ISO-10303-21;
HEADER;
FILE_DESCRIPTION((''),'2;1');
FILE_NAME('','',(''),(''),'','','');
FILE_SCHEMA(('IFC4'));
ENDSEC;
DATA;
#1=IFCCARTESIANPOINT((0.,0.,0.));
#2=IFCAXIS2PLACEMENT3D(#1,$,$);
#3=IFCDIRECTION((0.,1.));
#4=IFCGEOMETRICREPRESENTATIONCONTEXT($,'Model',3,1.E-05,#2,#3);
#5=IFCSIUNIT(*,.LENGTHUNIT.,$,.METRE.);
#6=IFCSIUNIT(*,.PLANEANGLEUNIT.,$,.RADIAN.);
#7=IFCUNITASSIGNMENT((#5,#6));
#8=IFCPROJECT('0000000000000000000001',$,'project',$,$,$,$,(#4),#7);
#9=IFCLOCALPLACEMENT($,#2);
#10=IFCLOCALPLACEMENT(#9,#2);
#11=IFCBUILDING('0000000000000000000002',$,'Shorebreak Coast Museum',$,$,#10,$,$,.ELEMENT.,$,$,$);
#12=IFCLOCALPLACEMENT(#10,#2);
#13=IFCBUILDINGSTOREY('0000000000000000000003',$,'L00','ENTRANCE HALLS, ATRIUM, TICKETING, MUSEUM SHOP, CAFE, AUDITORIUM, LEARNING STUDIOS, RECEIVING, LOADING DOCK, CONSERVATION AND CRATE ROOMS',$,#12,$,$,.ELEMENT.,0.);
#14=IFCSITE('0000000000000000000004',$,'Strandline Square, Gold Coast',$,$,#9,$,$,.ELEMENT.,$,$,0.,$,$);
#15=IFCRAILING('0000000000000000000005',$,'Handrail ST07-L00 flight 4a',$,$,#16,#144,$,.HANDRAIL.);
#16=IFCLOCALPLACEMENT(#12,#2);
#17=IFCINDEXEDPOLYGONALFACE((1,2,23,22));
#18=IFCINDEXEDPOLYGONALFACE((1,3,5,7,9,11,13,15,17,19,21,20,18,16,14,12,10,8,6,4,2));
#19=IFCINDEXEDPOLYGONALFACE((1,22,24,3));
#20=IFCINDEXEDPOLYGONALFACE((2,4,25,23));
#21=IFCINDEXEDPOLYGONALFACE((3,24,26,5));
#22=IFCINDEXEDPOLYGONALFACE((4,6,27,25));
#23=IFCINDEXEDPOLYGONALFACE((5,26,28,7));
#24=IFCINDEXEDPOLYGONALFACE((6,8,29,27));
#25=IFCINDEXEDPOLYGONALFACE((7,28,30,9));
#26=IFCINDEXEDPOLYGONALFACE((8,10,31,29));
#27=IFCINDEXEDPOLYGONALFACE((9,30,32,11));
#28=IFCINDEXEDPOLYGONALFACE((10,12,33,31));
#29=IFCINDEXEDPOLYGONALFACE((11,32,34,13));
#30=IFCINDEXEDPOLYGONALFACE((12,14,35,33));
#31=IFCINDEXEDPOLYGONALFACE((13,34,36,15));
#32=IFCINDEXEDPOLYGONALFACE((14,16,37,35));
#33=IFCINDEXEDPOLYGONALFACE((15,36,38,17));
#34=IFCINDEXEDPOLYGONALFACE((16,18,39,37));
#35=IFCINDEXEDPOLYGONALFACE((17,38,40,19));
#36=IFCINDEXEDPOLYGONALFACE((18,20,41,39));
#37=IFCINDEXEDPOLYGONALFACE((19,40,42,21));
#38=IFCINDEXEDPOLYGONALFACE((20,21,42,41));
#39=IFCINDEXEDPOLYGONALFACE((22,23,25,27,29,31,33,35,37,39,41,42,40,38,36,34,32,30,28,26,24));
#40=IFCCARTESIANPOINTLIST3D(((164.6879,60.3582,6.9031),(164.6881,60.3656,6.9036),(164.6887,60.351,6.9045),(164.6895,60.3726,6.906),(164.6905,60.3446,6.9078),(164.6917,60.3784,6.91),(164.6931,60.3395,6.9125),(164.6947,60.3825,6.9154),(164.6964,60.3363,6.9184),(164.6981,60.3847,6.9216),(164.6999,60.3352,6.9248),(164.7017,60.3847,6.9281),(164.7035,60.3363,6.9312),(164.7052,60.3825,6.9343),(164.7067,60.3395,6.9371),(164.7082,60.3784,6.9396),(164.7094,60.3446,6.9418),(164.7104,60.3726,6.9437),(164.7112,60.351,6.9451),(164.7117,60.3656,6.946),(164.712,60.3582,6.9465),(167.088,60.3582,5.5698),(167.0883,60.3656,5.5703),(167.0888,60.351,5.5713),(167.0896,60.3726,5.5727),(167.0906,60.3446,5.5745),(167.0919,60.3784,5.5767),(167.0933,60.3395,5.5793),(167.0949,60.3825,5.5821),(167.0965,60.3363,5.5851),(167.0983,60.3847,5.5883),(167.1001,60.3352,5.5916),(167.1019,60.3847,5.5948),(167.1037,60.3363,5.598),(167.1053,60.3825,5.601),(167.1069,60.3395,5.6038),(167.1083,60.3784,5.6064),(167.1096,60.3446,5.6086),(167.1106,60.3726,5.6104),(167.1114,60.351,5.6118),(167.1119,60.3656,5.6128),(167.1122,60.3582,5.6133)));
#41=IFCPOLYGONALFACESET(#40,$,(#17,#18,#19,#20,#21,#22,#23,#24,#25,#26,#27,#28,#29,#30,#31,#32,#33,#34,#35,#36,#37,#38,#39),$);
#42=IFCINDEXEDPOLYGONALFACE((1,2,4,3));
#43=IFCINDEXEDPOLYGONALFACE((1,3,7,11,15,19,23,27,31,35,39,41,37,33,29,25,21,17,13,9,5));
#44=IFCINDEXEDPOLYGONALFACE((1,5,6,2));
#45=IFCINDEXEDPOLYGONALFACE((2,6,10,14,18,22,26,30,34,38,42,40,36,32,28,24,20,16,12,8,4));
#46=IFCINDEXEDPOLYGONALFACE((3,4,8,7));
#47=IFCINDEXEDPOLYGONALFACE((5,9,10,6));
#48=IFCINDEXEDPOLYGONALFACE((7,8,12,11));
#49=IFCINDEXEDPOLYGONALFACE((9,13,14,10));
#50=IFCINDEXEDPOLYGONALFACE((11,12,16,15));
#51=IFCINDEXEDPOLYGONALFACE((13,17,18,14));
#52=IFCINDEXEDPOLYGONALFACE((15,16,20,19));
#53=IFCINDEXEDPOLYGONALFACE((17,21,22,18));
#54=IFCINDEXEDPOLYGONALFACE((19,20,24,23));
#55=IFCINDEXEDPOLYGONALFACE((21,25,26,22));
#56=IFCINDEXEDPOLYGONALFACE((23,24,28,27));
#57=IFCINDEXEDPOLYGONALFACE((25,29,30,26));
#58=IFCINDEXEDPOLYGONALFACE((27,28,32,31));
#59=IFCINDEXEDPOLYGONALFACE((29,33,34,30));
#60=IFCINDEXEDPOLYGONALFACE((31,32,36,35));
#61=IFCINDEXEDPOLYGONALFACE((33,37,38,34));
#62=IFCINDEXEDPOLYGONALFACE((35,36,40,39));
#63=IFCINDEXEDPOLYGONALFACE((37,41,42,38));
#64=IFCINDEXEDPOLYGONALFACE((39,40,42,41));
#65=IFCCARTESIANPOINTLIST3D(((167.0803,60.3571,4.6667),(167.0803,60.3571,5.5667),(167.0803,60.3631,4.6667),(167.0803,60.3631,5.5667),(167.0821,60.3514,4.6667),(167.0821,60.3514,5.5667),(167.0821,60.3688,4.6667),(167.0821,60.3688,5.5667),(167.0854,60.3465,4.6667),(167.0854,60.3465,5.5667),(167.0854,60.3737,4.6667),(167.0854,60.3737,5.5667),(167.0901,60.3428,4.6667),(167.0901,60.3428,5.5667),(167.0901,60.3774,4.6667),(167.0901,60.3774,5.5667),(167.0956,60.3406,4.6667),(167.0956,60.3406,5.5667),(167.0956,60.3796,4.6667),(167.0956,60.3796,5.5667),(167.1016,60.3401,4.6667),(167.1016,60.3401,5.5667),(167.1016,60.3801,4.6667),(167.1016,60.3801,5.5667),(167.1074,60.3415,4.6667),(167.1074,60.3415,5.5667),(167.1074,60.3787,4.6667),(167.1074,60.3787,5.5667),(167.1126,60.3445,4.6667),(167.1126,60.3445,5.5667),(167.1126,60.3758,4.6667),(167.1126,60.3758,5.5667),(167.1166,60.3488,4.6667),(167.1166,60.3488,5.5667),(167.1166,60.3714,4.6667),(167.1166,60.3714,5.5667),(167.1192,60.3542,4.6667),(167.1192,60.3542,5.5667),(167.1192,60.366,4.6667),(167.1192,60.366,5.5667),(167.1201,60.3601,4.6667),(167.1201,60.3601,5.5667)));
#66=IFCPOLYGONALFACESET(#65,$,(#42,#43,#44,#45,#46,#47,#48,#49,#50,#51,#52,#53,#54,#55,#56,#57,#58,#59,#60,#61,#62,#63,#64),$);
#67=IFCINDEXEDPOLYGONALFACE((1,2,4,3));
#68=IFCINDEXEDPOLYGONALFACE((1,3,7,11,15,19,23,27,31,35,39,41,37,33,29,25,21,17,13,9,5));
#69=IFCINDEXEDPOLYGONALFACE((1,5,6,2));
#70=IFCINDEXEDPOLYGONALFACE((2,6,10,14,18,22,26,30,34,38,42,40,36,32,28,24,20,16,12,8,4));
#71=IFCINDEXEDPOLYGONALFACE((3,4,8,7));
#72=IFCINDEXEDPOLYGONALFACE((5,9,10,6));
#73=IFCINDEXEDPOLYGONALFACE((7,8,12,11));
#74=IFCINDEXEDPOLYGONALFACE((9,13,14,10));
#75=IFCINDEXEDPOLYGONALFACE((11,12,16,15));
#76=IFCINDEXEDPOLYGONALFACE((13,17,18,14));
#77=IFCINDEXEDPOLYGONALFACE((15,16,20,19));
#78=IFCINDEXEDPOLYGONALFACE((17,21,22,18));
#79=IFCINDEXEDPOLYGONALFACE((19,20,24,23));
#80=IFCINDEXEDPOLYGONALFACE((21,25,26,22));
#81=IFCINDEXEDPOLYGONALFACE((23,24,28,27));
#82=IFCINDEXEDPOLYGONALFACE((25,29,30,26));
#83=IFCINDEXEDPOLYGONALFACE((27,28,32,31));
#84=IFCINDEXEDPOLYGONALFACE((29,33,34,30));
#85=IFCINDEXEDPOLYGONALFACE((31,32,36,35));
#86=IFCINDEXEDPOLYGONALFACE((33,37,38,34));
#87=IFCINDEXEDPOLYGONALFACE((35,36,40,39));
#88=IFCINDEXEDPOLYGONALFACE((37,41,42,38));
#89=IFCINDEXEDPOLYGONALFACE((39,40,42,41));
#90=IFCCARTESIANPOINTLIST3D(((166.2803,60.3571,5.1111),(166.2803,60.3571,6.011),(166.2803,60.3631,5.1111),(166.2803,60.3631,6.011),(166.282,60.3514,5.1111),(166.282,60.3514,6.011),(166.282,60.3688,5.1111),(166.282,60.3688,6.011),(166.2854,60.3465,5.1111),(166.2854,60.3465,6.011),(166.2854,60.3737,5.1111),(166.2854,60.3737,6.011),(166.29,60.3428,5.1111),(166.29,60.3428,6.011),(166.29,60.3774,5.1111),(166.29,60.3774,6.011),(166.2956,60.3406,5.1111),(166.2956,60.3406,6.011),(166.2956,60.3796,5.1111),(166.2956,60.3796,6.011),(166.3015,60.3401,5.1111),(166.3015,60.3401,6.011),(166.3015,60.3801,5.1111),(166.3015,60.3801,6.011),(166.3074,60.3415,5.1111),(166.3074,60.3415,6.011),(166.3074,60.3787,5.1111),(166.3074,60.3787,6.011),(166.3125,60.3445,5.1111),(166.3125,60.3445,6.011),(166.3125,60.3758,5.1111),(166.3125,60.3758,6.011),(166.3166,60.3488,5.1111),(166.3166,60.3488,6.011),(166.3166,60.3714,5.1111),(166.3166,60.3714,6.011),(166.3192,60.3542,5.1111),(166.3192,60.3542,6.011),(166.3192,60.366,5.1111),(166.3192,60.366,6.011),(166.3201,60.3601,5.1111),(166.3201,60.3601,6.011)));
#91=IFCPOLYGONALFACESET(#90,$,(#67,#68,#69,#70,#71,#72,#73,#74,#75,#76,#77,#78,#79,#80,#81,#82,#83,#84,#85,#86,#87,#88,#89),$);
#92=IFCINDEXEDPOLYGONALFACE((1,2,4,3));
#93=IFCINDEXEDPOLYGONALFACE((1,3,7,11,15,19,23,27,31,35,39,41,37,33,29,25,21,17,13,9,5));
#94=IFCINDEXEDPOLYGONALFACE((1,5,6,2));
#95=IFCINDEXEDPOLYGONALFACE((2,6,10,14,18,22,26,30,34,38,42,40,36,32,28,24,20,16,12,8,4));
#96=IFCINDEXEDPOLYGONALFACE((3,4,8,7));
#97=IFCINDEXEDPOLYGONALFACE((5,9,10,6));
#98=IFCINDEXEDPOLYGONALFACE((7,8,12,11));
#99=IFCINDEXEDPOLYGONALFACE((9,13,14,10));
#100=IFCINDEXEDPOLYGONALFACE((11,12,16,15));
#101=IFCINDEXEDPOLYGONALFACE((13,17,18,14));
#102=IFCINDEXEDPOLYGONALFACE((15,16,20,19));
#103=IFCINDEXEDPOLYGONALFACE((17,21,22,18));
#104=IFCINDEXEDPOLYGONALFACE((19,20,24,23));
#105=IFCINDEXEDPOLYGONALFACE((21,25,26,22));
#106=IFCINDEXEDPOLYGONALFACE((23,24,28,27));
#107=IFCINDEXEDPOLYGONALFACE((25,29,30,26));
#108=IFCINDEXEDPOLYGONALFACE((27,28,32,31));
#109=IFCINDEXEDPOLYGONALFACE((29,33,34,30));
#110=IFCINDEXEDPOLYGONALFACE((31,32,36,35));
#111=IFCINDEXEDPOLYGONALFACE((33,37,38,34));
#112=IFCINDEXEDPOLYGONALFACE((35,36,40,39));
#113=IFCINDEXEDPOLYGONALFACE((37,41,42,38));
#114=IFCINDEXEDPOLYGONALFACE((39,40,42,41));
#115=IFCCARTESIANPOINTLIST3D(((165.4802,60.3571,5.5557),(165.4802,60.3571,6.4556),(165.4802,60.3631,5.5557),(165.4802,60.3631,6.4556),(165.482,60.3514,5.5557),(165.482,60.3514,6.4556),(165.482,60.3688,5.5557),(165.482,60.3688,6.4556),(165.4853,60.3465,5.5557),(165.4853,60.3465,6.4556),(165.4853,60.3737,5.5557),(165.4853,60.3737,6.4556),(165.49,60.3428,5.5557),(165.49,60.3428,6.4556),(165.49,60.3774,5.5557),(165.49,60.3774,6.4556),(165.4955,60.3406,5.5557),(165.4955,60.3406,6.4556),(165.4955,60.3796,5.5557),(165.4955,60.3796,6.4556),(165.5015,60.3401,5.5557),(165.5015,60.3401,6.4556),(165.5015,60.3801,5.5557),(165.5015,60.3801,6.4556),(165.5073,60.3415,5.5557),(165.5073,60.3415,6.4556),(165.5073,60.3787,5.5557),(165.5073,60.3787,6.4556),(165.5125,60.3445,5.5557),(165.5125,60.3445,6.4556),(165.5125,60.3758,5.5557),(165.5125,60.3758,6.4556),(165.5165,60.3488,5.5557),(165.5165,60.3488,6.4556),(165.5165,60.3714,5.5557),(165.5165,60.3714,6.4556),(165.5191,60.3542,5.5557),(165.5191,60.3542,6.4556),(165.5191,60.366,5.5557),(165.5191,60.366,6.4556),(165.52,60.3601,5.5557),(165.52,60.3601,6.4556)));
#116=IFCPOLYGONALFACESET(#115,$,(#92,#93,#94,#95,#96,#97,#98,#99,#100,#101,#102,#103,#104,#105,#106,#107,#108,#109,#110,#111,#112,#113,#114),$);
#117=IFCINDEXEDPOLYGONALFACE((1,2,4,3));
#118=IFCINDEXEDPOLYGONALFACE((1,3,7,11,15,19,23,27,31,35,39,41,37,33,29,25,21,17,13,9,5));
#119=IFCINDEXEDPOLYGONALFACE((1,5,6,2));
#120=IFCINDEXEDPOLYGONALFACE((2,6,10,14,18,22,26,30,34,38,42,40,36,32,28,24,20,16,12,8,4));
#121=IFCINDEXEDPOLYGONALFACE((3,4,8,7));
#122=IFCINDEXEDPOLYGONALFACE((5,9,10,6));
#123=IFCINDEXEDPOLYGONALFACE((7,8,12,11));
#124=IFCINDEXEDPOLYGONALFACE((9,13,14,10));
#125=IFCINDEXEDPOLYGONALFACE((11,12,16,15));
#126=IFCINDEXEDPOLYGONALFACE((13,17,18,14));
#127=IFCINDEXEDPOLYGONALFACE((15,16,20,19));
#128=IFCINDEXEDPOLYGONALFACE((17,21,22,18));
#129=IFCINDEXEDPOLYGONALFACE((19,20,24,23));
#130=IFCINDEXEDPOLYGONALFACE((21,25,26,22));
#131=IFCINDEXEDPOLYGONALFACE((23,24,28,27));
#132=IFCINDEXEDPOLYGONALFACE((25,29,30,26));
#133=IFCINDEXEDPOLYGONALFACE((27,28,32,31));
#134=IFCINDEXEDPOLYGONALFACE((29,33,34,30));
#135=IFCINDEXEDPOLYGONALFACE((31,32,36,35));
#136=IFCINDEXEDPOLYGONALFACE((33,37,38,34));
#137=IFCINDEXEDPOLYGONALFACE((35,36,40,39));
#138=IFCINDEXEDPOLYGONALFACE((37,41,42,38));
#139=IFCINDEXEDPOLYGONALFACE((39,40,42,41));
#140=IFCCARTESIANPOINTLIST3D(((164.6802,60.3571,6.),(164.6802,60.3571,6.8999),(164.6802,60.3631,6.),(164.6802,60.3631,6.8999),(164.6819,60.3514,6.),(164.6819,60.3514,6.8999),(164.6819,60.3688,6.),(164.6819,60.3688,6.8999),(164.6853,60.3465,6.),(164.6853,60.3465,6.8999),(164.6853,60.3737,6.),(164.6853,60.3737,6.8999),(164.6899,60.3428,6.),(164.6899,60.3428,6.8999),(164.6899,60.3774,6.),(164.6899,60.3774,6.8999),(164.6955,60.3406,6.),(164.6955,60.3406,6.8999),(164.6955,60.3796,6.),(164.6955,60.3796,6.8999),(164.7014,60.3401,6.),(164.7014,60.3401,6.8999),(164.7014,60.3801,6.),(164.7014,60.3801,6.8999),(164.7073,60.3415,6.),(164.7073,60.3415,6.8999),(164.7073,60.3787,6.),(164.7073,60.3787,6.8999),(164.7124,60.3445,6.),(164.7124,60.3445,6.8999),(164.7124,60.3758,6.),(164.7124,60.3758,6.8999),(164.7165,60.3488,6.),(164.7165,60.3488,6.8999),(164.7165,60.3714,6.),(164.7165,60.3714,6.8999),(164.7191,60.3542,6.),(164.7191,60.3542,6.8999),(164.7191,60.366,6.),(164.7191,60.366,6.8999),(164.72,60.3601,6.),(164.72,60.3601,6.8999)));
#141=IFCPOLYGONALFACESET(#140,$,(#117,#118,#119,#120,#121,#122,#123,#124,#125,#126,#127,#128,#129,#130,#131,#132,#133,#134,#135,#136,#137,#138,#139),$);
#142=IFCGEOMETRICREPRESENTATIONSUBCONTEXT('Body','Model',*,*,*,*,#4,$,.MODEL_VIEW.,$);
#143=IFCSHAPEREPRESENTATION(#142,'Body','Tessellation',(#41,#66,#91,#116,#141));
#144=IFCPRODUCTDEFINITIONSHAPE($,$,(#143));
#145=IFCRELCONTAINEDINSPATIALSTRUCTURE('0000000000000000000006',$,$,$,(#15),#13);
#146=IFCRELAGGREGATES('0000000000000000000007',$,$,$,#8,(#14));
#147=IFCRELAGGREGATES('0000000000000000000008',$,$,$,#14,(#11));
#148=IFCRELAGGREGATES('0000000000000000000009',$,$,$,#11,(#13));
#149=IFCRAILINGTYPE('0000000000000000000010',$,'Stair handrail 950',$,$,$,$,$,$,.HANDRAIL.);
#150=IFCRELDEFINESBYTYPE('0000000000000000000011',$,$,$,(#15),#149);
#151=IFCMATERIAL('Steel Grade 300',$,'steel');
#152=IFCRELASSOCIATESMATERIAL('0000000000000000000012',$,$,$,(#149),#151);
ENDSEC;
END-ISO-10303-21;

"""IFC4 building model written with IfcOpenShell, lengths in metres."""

from ifc_helpers import new_model, si_unit, direction, frame, origin, origin_2d, place, context, subcontext, project, spatial, circle, extrude, material, type_object, element, save


model = new_model("IFC4")

# Units and contexts
model_context = context("Model", 3, precision=1e-05, world=origin(), true_north=direction((0.0, 1.0)))
body_context = subcontext(model_context, "Body", "Model", "MODEL_VIEW")
ifc_project = project(units=[si_unit("LENGTHUNIT", "METRE"), si_unit("PLANEANGLEUNIT", "RADIAN")], contexts=[model_context])

# Site, building, storey
site_placement = place(None, origin())
site = spatial("IfcSite", under=ifc_project, at=site_placement, Name="Strandline Square, Gold Coast", CompositionType="ELEMENT", RefElevation=0.0)
building_placement = place(site_placement, origin())
building = spatial("IfcBuilding", under=site, at=building_placement, Name="Shorebreak Coast Museum", CompositionType="ELEMENT")
storey_placement = place(building_placement, origin())
storey = spatial("IfcBuildingStorey", under=building, at=storey_placement, Name="L00", Description="ENTRANCE HALLS, ATRIUM, TICKETING, MUSEUM SHOP, CAFE, AUDITORIUM, LEARNING STUDIOS, RECEIVING, LOADING DOCK, CONSERVATION AND CRATE ROOMS", CompositionType="ELEMENT", Elevation=0.0)

# Railing
ifc_material_1 = material(Name="Steel Grade 300", Category="steel")
railing_type_1 = type_object("IfcRailingType", Name="Stair handrail 950", PredefinedType="HANDRAIL", material=ifc_material_1)
for number, where, name in (
    (1, (167.1001, 60.3601, 4.6667), "Handrail ST07-L00 flight 4a"),
):
    element("IfcRailing", number, at=place(storey_placement, frame(where)), inside=storey, type_object=railing_type_1, Name=name, PredefinedType="HANDRAIL", context=body_context, shape_type="SweptSolid", body=[
        extrude(circle(Radius=0.0249, at=origin_2d()), frame((0.0, 0.0, 0.9248), z_axis=(-0.874182, 0.0, 0.485598), x_axis=(0.0, -1.0, 0.0)), (0.0, 0.0, 1.0), 2.7456),
        extrude(circle(Radius=0.02, at=origin_2d()), origin(), (0.0, 0.0, 1.0), 0.8999),
        extrude(circle(Radius=0.02, at=origin_2d()), frame((-0.8, 0.0, 0.4443)), (0.0, 0.0, 1.0), 0.8999),
        extrude(circle(Radius=0.02, at=origin_2d()), frame((-1.6001, 0.0, 0.8889)), (0.0, 0.0, 1.0), 0.8999),
        extrude(circle(Radius=0.02, at=origin_2d()), frame((-2.4001, 0.0, 1.3333)), (0.0, 0.0, 1.0), 0.8999),
    ])

save(model, "model.ifc")
